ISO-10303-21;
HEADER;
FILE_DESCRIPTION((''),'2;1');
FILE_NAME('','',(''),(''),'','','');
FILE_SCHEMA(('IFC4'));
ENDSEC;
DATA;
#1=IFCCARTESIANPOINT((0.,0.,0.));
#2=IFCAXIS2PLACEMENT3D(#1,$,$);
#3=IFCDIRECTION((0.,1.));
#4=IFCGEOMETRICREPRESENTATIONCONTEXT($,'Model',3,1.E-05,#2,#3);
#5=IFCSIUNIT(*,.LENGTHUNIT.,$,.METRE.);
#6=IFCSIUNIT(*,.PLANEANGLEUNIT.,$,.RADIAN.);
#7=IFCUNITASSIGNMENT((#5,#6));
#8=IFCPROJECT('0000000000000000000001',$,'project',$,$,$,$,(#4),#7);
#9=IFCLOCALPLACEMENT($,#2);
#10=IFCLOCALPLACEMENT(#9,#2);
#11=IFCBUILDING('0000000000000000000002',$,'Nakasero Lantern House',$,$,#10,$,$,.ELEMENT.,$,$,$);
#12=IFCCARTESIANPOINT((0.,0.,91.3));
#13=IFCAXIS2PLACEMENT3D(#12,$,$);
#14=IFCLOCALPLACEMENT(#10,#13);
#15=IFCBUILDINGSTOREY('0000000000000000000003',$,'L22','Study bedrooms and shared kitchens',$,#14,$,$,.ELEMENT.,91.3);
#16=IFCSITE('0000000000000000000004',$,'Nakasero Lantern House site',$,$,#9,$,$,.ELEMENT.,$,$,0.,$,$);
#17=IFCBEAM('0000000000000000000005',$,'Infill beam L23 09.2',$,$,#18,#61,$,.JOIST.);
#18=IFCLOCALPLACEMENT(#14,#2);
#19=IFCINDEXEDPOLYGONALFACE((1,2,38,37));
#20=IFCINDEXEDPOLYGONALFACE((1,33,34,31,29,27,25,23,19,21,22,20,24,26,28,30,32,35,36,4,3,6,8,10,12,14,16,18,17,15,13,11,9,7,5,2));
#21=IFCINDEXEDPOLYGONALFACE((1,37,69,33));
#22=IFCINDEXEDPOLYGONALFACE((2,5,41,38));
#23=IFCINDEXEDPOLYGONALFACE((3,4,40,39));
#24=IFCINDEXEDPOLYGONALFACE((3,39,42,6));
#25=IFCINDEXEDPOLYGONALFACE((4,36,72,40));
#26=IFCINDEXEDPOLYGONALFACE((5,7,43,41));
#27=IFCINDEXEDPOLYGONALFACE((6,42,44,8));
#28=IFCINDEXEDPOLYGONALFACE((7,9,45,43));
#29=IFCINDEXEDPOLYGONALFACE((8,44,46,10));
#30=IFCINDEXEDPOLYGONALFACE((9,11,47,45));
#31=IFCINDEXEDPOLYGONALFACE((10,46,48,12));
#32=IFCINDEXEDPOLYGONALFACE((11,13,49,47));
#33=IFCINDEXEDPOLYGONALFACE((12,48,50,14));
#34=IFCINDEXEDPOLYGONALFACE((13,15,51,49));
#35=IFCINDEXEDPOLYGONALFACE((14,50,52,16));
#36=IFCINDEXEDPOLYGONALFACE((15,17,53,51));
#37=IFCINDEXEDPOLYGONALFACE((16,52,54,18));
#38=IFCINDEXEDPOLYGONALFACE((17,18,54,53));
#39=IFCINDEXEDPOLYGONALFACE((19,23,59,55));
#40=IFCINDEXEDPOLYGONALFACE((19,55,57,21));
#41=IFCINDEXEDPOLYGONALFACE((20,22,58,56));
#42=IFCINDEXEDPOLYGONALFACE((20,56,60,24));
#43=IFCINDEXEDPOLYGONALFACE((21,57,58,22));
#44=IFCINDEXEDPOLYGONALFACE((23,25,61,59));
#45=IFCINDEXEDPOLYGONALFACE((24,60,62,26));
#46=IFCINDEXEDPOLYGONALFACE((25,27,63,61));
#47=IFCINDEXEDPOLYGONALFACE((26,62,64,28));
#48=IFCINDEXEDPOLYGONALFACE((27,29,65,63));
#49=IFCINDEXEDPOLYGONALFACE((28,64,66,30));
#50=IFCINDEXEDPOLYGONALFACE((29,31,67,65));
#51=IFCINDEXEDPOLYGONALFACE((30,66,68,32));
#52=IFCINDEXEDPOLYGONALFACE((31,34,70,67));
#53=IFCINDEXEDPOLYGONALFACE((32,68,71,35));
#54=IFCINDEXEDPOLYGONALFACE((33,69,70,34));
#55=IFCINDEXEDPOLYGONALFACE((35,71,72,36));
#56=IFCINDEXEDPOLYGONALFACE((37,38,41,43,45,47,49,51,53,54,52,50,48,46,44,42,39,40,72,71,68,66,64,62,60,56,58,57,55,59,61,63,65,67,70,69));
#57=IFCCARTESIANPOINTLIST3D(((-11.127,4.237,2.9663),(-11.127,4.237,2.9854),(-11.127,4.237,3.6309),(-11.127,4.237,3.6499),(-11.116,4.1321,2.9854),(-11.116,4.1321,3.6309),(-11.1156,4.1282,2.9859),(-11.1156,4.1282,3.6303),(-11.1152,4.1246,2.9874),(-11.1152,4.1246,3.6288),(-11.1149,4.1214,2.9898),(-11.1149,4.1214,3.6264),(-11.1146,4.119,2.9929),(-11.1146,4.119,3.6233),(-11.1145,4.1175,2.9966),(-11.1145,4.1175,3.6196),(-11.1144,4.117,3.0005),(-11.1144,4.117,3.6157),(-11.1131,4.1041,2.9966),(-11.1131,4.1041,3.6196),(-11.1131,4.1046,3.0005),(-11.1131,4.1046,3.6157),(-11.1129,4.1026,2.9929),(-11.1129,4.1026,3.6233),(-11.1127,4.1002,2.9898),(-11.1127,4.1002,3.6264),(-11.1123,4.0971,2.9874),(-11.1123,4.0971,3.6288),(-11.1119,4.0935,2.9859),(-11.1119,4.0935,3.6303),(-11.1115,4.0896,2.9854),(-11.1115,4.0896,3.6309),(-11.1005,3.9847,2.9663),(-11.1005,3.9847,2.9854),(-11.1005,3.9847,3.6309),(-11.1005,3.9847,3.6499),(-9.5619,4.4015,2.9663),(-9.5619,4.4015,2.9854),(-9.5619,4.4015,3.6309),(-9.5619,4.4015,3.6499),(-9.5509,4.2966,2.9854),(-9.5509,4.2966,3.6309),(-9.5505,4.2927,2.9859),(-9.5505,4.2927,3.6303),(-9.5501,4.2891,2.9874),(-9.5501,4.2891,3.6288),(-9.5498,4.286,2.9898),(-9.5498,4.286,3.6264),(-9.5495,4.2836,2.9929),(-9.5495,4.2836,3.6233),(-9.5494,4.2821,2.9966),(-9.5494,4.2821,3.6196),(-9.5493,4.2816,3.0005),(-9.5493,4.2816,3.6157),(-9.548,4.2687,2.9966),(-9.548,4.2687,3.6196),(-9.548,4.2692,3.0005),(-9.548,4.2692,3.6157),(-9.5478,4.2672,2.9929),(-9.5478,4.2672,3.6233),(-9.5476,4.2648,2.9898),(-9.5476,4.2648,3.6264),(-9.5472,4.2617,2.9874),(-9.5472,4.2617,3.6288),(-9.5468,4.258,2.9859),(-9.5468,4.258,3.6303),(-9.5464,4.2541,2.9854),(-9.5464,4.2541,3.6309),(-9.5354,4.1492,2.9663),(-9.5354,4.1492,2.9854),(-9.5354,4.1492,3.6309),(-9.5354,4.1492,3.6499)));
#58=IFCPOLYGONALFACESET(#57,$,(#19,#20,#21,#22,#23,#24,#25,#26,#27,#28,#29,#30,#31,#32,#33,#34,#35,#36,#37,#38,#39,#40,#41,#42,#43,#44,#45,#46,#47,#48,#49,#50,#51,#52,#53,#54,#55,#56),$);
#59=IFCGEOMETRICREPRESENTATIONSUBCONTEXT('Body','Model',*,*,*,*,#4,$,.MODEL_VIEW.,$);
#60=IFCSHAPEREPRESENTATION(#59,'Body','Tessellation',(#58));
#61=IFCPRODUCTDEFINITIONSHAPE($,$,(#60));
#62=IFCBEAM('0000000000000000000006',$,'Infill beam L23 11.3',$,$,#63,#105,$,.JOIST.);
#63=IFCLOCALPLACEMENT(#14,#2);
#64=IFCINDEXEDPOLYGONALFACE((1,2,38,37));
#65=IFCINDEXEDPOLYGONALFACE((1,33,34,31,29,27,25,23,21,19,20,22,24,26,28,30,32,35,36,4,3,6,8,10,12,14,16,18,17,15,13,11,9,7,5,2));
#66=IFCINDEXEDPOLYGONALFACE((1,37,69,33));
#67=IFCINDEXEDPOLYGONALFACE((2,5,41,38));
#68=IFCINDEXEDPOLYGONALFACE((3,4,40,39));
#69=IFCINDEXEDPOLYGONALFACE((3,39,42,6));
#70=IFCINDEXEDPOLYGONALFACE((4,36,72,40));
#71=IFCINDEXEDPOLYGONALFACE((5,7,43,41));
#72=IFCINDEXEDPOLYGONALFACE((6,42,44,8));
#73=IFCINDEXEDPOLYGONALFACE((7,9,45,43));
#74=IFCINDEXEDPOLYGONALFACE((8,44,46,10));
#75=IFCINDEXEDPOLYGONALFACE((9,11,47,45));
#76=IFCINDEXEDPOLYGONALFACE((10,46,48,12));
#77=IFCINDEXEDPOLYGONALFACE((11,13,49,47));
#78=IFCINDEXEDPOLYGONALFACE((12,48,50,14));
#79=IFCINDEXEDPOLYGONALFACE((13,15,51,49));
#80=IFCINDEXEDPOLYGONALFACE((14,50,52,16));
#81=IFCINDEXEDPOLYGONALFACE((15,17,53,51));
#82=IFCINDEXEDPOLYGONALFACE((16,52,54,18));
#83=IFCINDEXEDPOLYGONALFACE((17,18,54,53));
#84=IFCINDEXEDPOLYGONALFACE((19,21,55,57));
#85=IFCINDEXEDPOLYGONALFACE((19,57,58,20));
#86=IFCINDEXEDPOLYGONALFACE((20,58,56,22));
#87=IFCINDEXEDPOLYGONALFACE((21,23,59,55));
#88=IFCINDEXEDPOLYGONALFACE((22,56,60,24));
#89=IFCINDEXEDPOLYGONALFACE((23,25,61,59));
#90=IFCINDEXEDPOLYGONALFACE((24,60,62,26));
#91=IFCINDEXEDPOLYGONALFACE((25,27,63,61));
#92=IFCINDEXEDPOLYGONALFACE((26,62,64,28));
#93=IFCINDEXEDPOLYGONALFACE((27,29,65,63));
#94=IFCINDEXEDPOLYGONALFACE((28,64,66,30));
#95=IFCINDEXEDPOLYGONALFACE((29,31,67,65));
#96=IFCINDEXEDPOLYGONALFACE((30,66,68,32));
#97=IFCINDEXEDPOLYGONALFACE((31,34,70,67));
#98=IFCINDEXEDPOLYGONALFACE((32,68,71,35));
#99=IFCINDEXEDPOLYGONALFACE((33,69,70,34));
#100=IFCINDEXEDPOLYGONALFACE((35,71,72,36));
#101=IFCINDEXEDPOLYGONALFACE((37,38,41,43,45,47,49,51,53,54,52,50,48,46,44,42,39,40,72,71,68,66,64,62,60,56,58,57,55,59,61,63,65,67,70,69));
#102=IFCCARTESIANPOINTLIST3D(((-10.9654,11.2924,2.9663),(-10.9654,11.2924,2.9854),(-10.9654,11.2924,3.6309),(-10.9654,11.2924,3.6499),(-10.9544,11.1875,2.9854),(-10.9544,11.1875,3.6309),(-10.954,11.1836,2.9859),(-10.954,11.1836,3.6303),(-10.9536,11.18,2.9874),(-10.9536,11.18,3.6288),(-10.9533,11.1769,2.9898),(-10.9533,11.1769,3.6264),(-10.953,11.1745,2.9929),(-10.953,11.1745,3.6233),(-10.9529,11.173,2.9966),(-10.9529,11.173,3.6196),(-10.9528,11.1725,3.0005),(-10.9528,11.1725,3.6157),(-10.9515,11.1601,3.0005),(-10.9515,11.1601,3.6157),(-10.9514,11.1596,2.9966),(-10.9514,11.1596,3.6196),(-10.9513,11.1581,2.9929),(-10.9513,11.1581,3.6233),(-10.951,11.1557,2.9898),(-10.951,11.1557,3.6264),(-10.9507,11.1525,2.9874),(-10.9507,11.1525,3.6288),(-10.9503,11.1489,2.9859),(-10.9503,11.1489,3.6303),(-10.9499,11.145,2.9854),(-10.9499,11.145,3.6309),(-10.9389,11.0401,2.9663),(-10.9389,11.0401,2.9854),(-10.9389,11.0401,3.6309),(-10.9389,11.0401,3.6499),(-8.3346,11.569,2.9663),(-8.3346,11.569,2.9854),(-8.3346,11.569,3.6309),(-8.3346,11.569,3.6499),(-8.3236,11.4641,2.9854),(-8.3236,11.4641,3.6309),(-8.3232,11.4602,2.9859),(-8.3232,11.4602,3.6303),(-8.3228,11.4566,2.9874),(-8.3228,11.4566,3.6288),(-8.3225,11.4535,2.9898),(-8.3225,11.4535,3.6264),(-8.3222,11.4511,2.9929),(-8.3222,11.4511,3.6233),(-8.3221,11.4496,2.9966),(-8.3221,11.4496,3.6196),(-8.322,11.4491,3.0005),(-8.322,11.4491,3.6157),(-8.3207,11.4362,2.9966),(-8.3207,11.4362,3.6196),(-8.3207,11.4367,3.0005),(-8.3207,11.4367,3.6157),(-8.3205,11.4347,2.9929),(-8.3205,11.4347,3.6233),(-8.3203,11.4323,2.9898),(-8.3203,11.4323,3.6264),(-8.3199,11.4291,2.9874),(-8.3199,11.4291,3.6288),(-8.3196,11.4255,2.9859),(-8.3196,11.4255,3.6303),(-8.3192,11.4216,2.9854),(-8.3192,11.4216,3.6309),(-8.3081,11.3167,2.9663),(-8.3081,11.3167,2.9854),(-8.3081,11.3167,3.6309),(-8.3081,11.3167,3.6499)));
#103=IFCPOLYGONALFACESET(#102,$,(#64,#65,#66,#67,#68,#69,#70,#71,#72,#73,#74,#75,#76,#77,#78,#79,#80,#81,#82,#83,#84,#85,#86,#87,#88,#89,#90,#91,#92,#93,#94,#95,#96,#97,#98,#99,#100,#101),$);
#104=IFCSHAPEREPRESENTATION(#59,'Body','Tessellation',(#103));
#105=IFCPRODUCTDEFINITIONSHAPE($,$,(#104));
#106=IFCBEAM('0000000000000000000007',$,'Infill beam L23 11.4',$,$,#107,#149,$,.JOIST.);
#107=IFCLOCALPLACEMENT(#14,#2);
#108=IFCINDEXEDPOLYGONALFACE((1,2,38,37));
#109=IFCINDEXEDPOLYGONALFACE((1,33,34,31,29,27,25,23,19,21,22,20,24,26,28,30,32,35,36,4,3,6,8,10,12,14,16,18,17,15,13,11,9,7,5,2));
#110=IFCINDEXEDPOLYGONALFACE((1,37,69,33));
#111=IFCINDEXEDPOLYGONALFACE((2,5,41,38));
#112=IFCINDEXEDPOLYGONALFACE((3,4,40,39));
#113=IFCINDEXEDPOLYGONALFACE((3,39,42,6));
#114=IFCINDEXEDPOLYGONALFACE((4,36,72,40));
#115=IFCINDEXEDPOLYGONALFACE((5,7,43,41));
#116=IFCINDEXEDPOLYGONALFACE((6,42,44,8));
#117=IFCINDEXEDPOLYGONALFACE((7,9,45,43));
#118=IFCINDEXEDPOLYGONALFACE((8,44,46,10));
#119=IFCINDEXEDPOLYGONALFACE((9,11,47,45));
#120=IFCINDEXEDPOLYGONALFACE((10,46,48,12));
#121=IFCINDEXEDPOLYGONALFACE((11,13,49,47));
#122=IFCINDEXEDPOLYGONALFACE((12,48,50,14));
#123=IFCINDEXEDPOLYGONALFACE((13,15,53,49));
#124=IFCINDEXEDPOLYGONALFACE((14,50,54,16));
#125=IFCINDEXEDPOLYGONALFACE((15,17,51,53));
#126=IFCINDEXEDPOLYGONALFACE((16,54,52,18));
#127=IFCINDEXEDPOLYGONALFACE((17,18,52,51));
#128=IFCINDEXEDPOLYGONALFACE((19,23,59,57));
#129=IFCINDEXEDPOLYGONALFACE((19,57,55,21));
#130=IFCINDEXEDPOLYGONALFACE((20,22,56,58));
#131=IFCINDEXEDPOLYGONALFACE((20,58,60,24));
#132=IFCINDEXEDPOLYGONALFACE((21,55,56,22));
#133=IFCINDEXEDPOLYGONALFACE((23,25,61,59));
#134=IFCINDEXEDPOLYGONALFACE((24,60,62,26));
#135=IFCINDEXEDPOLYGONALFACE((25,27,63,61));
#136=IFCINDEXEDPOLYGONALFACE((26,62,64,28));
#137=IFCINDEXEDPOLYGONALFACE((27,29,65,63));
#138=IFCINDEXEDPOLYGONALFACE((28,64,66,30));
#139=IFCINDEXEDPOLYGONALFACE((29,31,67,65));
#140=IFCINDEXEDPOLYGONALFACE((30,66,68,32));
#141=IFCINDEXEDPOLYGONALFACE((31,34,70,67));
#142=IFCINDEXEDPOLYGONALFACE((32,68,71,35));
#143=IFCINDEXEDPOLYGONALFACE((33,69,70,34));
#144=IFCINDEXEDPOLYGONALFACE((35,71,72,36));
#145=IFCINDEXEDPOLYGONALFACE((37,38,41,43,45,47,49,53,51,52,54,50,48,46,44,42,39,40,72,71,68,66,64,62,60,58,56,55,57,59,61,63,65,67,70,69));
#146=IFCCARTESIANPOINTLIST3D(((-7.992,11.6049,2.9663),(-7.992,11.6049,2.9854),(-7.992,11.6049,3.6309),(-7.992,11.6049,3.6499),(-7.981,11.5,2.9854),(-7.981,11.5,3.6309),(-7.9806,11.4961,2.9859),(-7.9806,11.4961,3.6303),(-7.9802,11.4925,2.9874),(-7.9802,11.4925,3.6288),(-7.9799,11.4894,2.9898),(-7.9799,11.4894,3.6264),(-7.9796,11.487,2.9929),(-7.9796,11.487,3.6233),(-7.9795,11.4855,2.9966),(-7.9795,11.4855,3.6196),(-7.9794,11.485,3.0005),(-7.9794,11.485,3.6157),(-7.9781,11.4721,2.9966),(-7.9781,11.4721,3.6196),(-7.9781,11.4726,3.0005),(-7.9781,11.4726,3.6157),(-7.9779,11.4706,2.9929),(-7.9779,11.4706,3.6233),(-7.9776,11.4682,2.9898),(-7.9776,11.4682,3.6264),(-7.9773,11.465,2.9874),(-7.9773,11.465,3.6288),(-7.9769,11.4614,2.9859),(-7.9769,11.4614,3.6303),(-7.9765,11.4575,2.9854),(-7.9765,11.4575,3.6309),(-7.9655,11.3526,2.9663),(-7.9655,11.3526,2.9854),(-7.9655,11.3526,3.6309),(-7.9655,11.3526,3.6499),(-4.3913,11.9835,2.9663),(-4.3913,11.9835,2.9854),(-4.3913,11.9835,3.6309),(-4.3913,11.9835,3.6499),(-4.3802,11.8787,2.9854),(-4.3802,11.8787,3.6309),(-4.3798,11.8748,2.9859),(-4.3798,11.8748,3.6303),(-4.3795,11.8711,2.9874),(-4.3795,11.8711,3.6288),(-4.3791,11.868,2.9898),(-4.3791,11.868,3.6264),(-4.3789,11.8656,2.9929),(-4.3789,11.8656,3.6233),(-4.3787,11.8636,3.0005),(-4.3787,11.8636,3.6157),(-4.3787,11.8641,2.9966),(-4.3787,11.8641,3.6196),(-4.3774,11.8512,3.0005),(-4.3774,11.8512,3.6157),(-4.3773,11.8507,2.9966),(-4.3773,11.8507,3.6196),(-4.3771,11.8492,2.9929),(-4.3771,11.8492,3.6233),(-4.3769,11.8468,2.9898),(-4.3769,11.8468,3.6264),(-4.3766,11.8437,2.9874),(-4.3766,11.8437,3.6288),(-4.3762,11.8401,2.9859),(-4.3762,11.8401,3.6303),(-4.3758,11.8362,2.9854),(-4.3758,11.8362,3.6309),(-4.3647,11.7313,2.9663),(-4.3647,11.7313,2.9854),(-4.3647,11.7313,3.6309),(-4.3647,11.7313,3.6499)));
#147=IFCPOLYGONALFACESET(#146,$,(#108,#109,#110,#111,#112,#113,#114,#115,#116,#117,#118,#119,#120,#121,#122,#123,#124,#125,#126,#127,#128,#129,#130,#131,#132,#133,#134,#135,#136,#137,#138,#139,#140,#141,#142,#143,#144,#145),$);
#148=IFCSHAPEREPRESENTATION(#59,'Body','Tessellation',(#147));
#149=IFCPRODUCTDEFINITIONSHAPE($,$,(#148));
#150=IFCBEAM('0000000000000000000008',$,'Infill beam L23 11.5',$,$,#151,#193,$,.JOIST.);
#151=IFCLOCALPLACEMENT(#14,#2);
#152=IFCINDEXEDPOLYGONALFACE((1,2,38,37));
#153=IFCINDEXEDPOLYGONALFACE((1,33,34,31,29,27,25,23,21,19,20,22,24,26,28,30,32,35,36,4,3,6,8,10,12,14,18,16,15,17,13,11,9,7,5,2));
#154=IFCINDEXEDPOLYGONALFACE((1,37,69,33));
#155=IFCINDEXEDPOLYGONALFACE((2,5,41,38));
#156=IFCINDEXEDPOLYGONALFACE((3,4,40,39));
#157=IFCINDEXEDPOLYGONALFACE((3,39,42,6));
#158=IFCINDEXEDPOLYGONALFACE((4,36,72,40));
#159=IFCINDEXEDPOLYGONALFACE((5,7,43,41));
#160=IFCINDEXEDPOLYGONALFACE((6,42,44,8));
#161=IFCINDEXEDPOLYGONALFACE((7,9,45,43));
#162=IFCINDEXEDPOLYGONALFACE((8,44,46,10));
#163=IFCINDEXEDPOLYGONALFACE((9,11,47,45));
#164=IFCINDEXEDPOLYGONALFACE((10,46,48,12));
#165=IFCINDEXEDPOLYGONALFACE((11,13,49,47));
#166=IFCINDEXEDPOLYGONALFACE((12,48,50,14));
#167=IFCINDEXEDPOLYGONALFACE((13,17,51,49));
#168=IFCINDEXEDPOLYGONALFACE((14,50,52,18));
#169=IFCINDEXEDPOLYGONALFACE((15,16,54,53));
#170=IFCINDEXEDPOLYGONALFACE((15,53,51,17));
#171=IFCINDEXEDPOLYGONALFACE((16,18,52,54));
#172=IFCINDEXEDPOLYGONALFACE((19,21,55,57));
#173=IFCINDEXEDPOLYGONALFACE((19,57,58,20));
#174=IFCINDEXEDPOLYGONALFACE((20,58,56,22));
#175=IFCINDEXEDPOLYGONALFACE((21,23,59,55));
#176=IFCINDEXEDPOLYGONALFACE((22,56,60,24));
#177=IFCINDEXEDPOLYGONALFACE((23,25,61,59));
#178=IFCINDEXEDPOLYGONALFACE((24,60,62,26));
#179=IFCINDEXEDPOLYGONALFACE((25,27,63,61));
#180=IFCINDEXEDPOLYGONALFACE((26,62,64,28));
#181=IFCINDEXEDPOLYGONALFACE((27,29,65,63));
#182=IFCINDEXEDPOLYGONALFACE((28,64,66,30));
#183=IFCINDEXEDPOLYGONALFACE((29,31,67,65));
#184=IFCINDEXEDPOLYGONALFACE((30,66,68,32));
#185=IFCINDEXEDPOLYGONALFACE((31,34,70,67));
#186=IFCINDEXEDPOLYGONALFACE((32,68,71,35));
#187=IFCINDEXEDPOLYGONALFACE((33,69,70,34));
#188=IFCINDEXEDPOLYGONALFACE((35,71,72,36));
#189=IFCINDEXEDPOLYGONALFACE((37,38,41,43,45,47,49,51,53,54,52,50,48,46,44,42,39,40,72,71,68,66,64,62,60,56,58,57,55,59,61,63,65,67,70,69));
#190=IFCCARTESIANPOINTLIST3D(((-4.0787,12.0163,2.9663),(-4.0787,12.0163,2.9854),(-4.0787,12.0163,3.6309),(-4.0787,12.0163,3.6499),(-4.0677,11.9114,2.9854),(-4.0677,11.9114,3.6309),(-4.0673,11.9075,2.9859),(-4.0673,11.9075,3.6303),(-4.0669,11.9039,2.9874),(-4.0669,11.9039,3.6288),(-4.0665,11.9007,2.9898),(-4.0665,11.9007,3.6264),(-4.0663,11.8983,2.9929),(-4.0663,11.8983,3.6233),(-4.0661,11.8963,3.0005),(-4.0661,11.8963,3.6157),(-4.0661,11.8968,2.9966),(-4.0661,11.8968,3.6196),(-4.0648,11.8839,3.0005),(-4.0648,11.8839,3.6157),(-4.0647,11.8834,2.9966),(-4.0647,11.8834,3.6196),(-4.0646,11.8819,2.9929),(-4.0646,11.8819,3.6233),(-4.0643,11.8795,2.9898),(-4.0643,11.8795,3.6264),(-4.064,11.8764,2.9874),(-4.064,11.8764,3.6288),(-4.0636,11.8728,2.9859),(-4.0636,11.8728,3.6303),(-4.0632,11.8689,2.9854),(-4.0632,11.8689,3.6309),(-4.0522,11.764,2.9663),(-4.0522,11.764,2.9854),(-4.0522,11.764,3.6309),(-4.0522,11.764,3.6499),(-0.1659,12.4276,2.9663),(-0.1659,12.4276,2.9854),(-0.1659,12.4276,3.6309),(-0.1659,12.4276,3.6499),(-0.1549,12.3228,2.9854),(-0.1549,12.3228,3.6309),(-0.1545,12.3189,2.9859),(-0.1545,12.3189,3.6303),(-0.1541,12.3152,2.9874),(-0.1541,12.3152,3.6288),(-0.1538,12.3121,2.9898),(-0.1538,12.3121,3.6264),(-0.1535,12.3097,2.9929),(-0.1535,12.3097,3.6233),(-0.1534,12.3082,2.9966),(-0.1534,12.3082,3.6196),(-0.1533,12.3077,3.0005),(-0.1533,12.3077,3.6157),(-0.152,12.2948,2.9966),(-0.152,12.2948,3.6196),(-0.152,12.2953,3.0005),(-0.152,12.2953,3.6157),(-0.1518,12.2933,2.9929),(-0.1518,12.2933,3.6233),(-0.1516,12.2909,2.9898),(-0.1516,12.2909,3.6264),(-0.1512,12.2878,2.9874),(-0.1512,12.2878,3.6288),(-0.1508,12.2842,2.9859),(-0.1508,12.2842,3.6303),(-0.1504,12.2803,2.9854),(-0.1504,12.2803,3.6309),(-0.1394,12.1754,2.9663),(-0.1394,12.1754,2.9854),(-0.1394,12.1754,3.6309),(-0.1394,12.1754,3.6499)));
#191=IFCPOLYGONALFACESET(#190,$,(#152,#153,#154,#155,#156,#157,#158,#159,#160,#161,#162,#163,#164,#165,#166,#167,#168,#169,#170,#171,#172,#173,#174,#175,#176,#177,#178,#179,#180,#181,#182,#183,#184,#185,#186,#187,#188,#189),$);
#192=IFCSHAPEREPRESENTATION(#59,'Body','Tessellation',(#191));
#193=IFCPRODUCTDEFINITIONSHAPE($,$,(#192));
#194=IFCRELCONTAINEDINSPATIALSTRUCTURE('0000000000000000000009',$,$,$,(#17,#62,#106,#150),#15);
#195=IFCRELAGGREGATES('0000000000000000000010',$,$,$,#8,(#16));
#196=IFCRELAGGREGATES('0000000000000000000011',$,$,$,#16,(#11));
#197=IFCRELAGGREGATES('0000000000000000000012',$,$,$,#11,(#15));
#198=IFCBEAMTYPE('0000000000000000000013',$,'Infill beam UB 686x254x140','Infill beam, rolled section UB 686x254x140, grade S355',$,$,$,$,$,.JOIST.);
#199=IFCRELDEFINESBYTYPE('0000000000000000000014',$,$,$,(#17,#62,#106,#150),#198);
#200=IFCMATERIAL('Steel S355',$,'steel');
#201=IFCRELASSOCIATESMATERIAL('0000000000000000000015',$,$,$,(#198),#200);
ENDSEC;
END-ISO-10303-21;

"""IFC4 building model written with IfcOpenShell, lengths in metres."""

from ifc_helpers import new_model, si_unit, direction, frame, origin, origin_2d, place, context, subcontext, project, spatial, i_section, extrude, material, material_profile, profile_set, type_object, element, save


model = new_model("IFC4")

# Units and contexts
model_context = context("Model", 3, precision=1e-05, world=origin(), true_north=direction((0.0, 1.0)))
body_context = subcontext(model_context, "Body", "Model", "MODEL_VIEW")
ifc_project = project(units=[si_unit("LENGTHUNIT", "METRE"), si_unit("PLANEANGLEUNIT", "RADIAN")], contexts=[model_context])

# Site, building, storey
site_placement = place(None, origin())
site = spatial("IfcSite", under=ifc_project, at=site_placement, Name="Nakasero Lantern House site", CompositionType="ELEMENT", RefElevation=0.0)
building_placement = place(site_placement, origin())
building = spatial("IfcBuilding", under=site, at=building_placement, Name="Nakasero Lantern House", CompositionType="ELEMENT")
storey_placement = place(building_placement, frame((0.0, 0.0, 91.3)))
storey = spatial("IfcBuildingStorey", under=building, at=storey_placement, Name="L22", Description="Study bedrooms and shared kitchens", CompositionType="ELEMENT", Elevation=91.3)

# Beams
ifc_material_1 = material(Name="Steel S355", Category="steel")
ifc_material_profile_1 = material_profile(ifc_material_1, i_section(OverallWidth=0.2537, OverallDepth=0.6836, WebThickness=0.0125, FlangeThickness=0.019, FilletRadius=0.0151, at=origin_2d()), Name="UB 686x254x140")
ifc_profile_set_1 = profile_set([ifc_material_profile_1], Name="Steel S355")
beam_type_1 = type_object("IfcBeamType", Name="Infill beam UB 686x254x140", Description="Infill beam, rolled section UB 686x254x140, grade S355", PredefinedType="JOIST", material=ifc_profile_set_1)
beam_1_placement = place(storey_placement, frame((-11.1138, 4.1108, 3.3081), z_axis=(0.994519, 0.104556, 0.0), x_axis=(-0.104556, 0.994519, 0.0)))
element("IfcBeam", 1, at=beam_1_placement, inside=storey, type_object=beam_type_1, Name="Infill beam L23 09.2", PredefinedType="JOIST", context=body_context, shape_type="SweptSolid", body=[
    extrude(i_section(OverallWidth=0.2537, OverallDepth=0.6836, WebThickness=0.0125, FlangeThickness=0.019, FilletRadius=0.0151, at=origin_2d()), origin(), (0.0, 0.0, 1.0), 1.5737),
])
beam_2_placement = place(storey_placement, frame((-10.9521, 11.1663, 3.3081), z_axis=(0.994518, 0.104565, 0.0), x_axis=(-0.104565, 0.994518, 0.0)))
element("IfcBeam", 2, at=beam_2_placement, inside=storey, type_object=beam_type_1, Name="Infill beam L23 11.3", PredefinedType="JOIST", context=body_context, shape_type="SweptSolid", body=[
    extrude(i_section(OverallWidth=0.2537, OverallDepth=0.6836, WebThickness=0.0125, FlangeThickness=0.019, FilletRadius=0.0151, at=origin_2d()), origin(), (0.0, 0.0, 1.0), 2.6453),
])
beam_3_placement = place(storey_placement, frame((-7.9788, 11.4788, 3.3081), z_axis=(0.994516, 0.104583, 0.0), x_axis=(-0.104583, 0.994516, 0.0)))
element("IfcBeam", 3, at=beam_3_placement, inside=storey, type_object=beam_type_1, Name="Infill beam L23 11.4", PredefinedType="JOIST", context=body_context, shape_type="SweptSolid", body=[
    extrude(i_section(OverallWidth=0.2537, OverallDepth=0.6836, WebThickness=0.0125, FlangeThickness=0.019, FilletRadius=0.0151, at=origin_2d()), origin(), (0.0, 0.0, 1.0), 3.6206),
])
beam_4_placement = place(storey_placement, frame((-4.0654, 11.8901, 3.3081), z_axis=(0.994519, 0.104559, 0.0), x_axis=(-0.104559, 0.994519, 0.0)))
element("IfcBeam", 4, at=beam_4_placement, inside=storey, type_object=beam_type_1, Name="Infill beam L23 11.5", PredefinedType="JOIST", context=body_context, shape_type="SweptSolid", body=[
    extrude(i_section(OverallWidth=0.2537, OverallDepth=0.6836, WebThickness=0.0125, FlangeThickness=0.019, FilletRadius=0.0151, at=origin_2d()), origin(), (0.0, 0.0, 1.0), 3.9343),
])

save(model, "model.ifc")
